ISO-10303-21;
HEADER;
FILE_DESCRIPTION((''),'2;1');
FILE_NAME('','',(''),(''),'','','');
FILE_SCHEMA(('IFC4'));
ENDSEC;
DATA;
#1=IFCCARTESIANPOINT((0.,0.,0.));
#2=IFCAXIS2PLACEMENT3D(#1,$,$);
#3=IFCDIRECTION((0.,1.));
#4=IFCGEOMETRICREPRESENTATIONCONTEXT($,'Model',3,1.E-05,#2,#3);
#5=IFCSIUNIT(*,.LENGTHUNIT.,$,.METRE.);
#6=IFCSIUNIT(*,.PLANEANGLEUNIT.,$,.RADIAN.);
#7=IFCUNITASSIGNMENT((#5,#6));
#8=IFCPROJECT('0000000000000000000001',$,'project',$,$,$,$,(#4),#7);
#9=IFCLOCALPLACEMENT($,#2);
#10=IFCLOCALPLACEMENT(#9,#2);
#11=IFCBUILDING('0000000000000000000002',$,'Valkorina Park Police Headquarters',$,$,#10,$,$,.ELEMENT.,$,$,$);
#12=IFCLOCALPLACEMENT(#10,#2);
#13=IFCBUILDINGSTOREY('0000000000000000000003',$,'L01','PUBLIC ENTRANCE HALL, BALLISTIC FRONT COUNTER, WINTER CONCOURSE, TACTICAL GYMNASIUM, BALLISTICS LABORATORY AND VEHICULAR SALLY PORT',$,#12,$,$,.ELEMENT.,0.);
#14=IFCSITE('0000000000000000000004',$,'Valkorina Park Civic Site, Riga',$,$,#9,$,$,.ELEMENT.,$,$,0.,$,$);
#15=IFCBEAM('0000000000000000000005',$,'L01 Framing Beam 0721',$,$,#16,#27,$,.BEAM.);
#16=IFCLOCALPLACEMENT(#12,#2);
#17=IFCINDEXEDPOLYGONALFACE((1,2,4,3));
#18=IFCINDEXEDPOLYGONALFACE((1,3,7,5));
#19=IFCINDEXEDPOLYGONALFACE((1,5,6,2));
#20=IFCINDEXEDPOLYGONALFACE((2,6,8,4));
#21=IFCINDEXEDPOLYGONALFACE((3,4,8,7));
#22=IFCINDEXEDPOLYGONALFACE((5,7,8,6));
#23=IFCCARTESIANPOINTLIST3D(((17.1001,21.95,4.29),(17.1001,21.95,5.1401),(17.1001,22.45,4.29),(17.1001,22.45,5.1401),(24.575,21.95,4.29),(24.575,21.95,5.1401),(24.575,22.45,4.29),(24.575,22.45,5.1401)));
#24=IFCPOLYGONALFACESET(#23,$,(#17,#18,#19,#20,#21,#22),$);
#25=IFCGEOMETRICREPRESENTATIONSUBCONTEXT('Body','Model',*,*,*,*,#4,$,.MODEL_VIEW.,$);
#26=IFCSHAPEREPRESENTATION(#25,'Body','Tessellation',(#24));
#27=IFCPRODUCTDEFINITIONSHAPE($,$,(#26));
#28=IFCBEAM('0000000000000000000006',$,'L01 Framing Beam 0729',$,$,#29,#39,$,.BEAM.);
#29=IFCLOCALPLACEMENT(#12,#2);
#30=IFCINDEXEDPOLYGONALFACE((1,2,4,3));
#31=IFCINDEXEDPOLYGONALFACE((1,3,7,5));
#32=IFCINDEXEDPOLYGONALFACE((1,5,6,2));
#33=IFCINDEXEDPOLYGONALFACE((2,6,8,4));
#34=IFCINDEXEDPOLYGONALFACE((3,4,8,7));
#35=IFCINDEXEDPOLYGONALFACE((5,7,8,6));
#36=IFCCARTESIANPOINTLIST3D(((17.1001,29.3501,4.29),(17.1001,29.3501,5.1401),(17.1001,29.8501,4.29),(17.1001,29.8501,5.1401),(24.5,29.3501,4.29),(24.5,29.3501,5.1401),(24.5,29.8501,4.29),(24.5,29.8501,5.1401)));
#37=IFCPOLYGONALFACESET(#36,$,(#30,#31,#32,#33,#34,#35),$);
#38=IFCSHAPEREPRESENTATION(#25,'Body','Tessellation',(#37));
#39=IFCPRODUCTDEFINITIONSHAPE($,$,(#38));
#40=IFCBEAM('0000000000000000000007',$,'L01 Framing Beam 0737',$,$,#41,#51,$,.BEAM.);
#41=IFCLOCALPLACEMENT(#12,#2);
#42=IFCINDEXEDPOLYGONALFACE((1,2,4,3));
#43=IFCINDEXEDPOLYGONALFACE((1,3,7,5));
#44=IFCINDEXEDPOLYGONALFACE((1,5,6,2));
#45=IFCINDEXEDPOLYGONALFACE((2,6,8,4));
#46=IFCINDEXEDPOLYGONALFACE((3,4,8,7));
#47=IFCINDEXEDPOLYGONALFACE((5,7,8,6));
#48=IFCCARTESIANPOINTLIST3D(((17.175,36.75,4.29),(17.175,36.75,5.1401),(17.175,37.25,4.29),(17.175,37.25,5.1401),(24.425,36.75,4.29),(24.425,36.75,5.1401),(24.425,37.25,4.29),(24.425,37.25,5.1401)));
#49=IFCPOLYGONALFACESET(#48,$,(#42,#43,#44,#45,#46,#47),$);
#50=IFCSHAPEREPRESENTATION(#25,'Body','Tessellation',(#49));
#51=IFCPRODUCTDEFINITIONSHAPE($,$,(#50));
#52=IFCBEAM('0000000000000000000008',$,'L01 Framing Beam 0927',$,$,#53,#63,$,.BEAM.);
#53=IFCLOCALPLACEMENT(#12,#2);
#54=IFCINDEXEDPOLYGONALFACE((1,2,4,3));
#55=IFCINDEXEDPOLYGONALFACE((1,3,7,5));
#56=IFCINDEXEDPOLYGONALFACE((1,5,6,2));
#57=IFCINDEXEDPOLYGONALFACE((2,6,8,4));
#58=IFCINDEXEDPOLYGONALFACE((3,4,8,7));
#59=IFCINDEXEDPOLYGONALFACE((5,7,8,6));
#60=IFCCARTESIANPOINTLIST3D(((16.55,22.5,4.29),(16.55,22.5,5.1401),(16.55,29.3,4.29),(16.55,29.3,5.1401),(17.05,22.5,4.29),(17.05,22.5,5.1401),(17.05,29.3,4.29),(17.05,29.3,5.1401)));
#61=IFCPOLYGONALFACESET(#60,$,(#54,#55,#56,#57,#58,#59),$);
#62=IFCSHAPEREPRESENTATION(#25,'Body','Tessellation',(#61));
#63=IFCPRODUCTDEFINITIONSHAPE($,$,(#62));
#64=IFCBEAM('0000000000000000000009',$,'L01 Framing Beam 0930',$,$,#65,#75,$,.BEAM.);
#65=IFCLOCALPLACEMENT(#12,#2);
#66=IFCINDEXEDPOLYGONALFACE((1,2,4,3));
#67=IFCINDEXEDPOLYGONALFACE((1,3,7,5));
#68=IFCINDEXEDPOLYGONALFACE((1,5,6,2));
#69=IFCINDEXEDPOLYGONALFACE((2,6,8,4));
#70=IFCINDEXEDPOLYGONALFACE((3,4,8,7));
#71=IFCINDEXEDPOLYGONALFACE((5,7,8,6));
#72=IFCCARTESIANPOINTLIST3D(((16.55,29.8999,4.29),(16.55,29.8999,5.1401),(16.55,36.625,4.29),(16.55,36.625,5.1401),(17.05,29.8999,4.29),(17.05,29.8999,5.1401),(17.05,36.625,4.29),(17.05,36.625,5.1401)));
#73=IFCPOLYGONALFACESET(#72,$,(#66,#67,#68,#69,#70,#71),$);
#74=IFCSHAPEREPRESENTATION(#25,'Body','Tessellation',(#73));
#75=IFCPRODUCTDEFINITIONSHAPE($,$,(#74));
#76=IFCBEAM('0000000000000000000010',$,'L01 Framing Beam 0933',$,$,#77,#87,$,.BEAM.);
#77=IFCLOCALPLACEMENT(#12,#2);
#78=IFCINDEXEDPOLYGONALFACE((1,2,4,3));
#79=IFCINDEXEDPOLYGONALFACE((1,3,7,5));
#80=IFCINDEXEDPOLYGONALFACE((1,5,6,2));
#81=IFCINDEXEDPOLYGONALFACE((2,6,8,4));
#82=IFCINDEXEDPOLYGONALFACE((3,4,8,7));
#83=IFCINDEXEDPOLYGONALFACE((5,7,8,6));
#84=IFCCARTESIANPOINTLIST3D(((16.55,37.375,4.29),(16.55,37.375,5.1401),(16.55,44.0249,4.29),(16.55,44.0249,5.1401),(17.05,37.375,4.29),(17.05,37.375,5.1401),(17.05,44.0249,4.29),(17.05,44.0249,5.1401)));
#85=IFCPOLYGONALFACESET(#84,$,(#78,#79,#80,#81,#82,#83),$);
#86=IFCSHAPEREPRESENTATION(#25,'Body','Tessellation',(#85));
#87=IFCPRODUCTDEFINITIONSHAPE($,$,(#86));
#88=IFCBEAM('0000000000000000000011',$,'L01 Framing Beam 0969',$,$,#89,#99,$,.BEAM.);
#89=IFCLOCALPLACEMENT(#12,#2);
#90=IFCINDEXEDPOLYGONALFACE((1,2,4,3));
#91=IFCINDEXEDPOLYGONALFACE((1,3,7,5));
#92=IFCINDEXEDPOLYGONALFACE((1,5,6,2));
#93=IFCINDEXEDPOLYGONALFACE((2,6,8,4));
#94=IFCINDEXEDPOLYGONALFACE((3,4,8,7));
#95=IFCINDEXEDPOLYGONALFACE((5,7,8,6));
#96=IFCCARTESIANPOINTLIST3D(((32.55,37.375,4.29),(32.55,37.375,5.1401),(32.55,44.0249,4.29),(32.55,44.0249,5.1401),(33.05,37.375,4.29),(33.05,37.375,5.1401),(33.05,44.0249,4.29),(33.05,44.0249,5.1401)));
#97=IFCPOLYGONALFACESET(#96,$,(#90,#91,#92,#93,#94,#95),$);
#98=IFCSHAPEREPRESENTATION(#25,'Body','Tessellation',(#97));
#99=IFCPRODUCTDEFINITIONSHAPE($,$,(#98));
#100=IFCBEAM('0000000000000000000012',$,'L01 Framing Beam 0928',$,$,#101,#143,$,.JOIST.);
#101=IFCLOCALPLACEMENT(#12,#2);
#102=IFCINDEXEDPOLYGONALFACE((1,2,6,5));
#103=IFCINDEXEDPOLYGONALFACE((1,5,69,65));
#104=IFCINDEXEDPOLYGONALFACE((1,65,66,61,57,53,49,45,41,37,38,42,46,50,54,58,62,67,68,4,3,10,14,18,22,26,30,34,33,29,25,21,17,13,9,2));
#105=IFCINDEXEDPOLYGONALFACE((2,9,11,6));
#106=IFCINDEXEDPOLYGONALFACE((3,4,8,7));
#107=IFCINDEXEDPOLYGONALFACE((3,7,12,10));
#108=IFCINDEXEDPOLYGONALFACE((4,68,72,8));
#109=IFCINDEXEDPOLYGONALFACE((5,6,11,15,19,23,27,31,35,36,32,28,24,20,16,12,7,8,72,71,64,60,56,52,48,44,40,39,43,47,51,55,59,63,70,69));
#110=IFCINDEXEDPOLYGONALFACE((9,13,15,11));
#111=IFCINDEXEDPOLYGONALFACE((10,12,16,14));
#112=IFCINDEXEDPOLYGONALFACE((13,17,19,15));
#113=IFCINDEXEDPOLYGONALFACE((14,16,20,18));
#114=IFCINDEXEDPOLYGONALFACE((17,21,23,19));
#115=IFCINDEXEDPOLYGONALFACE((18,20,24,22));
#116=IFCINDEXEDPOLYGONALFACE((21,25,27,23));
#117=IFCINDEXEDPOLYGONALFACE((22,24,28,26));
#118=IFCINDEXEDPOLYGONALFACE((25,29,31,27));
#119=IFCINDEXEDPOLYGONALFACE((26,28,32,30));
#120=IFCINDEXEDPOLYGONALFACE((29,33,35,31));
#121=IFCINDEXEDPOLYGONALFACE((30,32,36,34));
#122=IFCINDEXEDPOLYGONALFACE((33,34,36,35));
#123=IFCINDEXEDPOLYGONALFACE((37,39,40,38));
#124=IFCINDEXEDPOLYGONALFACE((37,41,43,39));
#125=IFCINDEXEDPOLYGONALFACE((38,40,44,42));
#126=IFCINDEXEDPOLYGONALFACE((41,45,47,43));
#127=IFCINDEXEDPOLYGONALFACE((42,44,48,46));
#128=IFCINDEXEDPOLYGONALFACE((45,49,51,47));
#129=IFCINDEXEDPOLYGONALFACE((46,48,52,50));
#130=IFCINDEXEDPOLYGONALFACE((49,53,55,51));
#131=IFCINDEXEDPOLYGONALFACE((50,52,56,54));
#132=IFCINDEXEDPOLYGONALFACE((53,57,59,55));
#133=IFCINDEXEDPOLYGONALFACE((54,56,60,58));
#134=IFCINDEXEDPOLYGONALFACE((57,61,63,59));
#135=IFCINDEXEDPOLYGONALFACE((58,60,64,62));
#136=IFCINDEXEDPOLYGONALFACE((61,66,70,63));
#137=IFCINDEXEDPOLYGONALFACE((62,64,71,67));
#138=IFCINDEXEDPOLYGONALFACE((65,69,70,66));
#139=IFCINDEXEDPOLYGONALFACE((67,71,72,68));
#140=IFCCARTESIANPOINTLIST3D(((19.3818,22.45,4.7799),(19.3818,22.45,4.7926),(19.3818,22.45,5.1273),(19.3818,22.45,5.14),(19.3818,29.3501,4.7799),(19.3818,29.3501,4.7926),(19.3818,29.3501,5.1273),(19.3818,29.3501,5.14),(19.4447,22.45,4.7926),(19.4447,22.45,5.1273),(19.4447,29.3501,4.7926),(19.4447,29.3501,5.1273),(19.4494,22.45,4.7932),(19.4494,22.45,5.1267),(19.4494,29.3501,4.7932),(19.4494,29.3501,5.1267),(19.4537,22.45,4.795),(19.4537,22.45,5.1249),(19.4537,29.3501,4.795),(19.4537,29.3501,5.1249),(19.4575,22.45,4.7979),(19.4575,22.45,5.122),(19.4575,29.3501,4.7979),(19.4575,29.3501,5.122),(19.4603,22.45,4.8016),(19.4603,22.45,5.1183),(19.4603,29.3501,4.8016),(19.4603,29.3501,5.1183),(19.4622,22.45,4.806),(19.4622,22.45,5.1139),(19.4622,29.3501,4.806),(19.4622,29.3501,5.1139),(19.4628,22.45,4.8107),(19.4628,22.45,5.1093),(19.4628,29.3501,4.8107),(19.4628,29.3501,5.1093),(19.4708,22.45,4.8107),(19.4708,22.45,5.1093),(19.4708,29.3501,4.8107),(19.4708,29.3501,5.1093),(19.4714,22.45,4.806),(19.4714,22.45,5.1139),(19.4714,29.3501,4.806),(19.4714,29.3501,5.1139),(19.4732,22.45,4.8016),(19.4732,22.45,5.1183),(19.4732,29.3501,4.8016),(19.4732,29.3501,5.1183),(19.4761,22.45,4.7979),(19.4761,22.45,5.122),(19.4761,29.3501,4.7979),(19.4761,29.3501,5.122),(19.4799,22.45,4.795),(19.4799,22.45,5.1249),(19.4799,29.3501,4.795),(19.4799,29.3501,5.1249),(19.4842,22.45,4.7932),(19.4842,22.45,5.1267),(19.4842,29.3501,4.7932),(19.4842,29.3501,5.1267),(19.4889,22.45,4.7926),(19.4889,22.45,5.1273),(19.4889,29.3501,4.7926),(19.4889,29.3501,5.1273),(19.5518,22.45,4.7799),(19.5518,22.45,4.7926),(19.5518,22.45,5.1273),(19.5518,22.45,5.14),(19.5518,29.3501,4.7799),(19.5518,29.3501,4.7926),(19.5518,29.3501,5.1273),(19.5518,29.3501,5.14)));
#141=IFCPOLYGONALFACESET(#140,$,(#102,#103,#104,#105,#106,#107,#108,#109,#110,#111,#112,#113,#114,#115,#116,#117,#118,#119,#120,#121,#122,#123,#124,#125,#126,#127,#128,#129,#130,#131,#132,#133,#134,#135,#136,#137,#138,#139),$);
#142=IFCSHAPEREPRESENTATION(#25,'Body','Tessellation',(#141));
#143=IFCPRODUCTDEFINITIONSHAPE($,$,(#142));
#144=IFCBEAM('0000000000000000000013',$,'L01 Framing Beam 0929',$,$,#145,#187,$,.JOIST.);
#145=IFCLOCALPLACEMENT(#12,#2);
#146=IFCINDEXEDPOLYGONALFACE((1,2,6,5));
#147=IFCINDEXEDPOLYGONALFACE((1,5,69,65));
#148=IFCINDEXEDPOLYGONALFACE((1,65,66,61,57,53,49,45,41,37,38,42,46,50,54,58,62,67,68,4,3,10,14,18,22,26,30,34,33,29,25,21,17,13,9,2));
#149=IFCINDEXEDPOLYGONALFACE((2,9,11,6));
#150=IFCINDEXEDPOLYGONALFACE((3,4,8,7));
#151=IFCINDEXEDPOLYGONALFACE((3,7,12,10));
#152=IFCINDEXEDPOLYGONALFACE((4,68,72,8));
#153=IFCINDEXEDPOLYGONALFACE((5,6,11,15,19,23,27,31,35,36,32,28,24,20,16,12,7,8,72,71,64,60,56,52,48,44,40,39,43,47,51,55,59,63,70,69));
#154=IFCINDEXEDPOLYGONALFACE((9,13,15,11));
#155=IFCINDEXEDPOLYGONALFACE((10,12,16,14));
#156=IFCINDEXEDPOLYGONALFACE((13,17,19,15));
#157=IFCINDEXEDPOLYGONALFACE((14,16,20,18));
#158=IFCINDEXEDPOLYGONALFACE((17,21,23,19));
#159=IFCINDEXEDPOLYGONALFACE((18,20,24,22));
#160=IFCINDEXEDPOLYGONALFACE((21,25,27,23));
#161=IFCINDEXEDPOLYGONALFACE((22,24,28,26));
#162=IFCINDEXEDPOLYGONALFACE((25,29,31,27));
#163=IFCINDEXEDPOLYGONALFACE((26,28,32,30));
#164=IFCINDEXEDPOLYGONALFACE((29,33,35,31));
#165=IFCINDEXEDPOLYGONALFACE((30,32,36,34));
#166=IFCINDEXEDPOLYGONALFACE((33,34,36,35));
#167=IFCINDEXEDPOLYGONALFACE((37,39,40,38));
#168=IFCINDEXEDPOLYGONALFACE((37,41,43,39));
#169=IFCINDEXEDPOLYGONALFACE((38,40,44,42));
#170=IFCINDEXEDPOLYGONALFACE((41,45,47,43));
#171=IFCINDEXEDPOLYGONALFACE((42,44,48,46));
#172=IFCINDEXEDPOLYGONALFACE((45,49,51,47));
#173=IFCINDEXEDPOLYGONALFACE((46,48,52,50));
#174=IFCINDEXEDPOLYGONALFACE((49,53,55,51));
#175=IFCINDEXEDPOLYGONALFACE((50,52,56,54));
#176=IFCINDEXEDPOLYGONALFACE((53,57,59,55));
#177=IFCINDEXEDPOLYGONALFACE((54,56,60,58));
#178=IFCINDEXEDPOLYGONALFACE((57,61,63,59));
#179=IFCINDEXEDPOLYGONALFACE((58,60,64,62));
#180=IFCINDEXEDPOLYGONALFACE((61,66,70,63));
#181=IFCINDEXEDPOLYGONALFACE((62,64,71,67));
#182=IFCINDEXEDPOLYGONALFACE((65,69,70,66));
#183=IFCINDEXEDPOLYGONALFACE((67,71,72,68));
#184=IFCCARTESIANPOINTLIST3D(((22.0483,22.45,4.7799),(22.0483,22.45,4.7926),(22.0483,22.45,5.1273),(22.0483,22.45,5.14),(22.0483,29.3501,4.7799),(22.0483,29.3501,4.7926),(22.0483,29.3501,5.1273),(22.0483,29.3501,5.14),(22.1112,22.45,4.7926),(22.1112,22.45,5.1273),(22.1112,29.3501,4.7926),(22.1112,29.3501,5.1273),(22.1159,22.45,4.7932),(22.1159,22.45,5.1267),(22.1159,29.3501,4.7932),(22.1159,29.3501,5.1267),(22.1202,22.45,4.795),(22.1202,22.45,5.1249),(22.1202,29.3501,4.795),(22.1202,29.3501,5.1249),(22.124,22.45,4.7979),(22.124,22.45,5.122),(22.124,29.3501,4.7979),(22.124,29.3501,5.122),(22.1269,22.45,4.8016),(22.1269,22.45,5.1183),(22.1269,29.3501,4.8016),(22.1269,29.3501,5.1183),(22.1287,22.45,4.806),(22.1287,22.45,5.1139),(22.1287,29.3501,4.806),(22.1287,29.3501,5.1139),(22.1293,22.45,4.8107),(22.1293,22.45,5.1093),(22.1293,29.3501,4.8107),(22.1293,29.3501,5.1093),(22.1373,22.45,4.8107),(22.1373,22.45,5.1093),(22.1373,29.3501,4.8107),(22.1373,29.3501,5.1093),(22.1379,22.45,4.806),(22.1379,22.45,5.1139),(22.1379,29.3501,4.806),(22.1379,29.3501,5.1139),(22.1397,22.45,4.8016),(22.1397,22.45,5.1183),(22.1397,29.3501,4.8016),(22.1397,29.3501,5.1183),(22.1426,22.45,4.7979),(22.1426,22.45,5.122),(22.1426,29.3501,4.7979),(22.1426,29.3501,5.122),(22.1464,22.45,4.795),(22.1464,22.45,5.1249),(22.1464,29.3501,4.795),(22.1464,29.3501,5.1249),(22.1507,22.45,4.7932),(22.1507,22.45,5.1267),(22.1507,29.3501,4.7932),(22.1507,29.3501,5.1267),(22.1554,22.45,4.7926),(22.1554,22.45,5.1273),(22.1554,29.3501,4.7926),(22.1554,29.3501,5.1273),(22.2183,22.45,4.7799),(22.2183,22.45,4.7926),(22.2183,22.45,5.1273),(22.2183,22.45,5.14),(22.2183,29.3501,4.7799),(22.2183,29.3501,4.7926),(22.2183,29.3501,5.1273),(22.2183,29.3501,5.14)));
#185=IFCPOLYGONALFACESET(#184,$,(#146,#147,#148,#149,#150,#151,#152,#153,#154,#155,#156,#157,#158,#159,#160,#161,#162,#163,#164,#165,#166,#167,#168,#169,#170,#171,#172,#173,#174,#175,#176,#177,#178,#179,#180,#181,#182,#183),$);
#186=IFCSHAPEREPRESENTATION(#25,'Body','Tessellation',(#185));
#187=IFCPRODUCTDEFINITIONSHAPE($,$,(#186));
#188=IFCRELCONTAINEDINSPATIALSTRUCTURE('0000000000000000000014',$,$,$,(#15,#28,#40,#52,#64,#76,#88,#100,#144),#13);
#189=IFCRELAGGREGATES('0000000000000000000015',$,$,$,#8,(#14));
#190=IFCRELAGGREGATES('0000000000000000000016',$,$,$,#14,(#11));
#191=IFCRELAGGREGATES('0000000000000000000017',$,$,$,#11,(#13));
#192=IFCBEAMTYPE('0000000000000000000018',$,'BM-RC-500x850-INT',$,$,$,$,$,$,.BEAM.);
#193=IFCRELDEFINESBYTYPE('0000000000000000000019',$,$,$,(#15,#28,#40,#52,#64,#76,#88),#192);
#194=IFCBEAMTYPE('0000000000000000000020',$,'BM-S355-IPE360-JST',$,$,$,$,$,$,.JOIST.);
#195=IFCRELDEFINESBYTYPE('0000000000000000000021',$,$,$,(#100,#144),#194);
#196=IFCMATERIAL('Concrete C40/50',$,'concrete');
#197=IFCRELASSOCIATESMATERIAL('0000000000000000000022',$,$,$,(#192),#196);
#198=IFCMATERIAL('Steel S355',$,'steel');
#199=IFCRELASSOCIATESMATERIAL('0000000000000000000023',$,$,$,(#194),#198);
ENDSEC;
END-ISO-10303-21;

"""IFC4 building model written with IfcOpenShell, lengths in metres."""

from ifc_helpers import new_model, si_unit, direction, frame, origin, origin_2d, place, context, subcontext, project, spatial, rectangle, i_section, extrude, material, material_profile, profile_set, type_object, element, save


model = new_model("IFC4")

# Units and contexts
model_context = context("Model", 3, precision=1e-05, world=origin(), true_north=direction((0.0, 1.0)))
body_context = subcontext(model_context, "Body", "Model", "MODEL_VIEW")
ifc_project = project(units=[si_unit("LENGTHUNIT", "METRE"), si_unit("PLANEANGLEUNIT", "RADIAN")], contexts=[model_context])

# Site, building, storey
site_placement = place(None, origin())
site = spatial("IfcSite", under=ifc_project, at=site_placement, Name="Valkorina Park Civic Site, Riga", CompositionType="ELEMENT", RefElevation=0.0)
building_placement = place(site_placement, origin())
building = spatial("IfcBuilding", under=site, at=building_placement, Name="Valkorina Park Police Headquarters", CompositionType="ELEMENT")
storey_placement = place(building_placement, origin())
storey = spatial("IfcBuildingStorey", under=building, at=storey_placement, Name="L01", Description="PUBLIC ENTRANCE HALL, BALLISTIC FRONT COUNTER, WINTER CONCOURSE, TACTICAL GYMNASIUM, BALLISTICS LABORATORY AND VEHICULAR SALLY PORT", CompositionType="ELEMENT", Elevation=0.0)

# Shared definitions
ifc_material_1 = material(Name="Concrete C40/50", Category="concrete")

# Beams
ifc_material_profile_1 = material_profile(ifc_material_1, rectangle(XDim=0.5, YDim=0.8501, at=origin_2d()), Name="RC BEAM 500x850")
ifc_profile_set_1 = profile_set([ifc_material_profile_1], Name="Concrete C40/50")
beam_type_1 = type_object("IfcBeamType", Name="BM-RC-500x850-INT", PredefinedType="BEAM", material=ifc_profile_set_1)
beam_1_placement = place(storey_placement, frame((17.1001, 22.2, 4.7151), z_axis=(1.0, 0.0, 0.0), x_axis=(0.0, 1.0, 0.0)))
element("IfcBeam", 1, at=beam_1_placement, inside=storey, type_object=beam_type_1, Name="L01 Framing Beam 0721", PredefinedType="BEAM", context=body_context, shape_type="SweptSolid", body=[
    extrude(rectangle(XDim=0.5, YDim=0.8501, at=origin_2d()), origin(), (0.0, 0.0, 1.0), 7.4749),
])
beam_2_placement = place(storey_placement, frame((17.1001, 29.6001, 4.7151), z_axis=(1.0, 0.0, 0.0), x_axis=(0.0, 1.0, 0.0)))
element("IfcBeam", 2, at=beam_2_placement, inside=storey, type_object=beam_type_1, Name="L01 Framing Beam 0729", PredefinedType="BEAM", context=body_context, shape_type="SweptSolid", body=[
    extrude(rectangle(XDim=0.5, YDim=0.8501, at=origin_2d()), origin(), (0.0, 0.0, 1.0), 7.3999),
])
beam_3_placement = place(storey_placement, frame((17.175, 37.0, 4.7151), z_axis=(1.0, 0.0, 0.0), x_axis=(0.0, 1.0, 0.0)))
element("IfcBeam", 3, at=beam_3_placement, inside=storey, type_object=beam_type_1, Name="L01 Framing Beam 0737", PredefinedType="BEAM", context=body_context, shape_type="SweptSolid", body=[
    extrude(rectangle(XDim=0.5, YDim=0.8501, at=origin_2d()), origin(), (0.0, 0.0, 1.0), 7.25),
])
beam_4_placement = place(storey_placement, frame((16.8, 22.5, 4.7151), z_axis=(0.0, 1.0, 0.0), x_axis=(-1.0, 0.0, 0.0)))
element("IfcBeam", 4, at=beam_4_placement, inside=storey, type_object=beam_type_1, Name="L01 Framing Beam 0927", PredefinedType="BEAM", context=body_context, shape_type="SweptSolid", body=[
    extrude(rectangle(XDim=0.5, YDim=0.8501, at=origin_2d()), origin(), (0.0, 0.0, 1.0), 6.8),
])
beam_5_placement = place(storey_placement, frame((16.8, 29.8999, 4.7151), z_axis=(0.0, 1.0, 0.0), x_axis=(-1.0, 0.0, 0.0)))
element("IfcBeam", 5, at=beam_5_placement, inside=storey, type_object=beam_type_1, Name="L01 Framing Beam 0930", PredefinedType="BEAM", context=body_context, shape_type="SweptSolid", body=[
    extrude(rectangle(XDim=0.5, YDim=0.8501, at=origin_2d()), origin(), (0.0, 0.0, 1.0), 6.7251),
])
for number, where, z_axis, x_axis, name in (
    (6, (16.8, 37.375, 4.7151), (0.0, 1.0, 0.0), (-1.0, 0.0, 0.0), "L01 Framing Beam 0933"),
    (7, (32.8, 37.375, 4.7151), (0.0, 1.0, 0.0), (-1.0, 0.0, 0.0), "L01 Framing Beam 0969"),
):
    element("IfcBeam", number, at=place(storey_placement, frame(where, z_axis=z_axis, x_axis=x_axis)), inside=storey, type_object=beam_type_1, Name=name, PredefinedType="BEAM", context=body_context, shape_type="SweptSolid", body=[
        extrude(rectangle(XDim=0.5, YDim=0.8501, at=origin_2d()), origin(), (0.0, 0.0, 1.0), 6.6499),
    ])
ifc_material_2 = material(Name="Steel S355", Category="steel")
ifc_material_profile_2 = material_profile(ifc_material_2, i_section(OverallWidth=0.1699, OverallDepth=0.3601, WebThickness=0.0081, FlangeThickness=0.0127, FilletRadius=0.0181, at=origin_2d()), Name="IPE 360")
ifc_profile_set_2 = profile_set([ifc_material_profile_2], Name="Steel S355")
beam_type_2 = type_object("IfcBeamType", Name="BM-S355-IPE360-JST", PredefinedType="JOIST", material=ifc_profile_set_2)
for number, where, z_axis, x_axis, name in (
    (8, (19.4668, 22.45, 4.96), (0.0, 1.0, 0.0), (-1.0, 0.0, 0.0), "L01 Framing Beam 0928"),
    (9, (22.1333, 22.45, 4.96), (0.0, 1.0, 0.0), (-1.0, 0.0, 0.0), "L01 Framing Beam 0929"),
):
    element("IfcBeam", number, at=place(storey_placement, frame(where, z_axis=z_axis, x_axis=x_axis)), inside=storey, type_object=beam_type_2, Name=name, PredefinedType="JOIST", context=body_context, shape_type="SweptSolid", body=[
        extrude(i_section(OverallWidth=0.1699, OverallDepth=0.3601, WebThickness=0.0081, FlangeThickness=0.0127, FilletRadius=0.0181, at=origin_2d()), origin(), (0.0, 0.0, 1.0), 6.9001),
    ])

save(model, "model.ifc")
